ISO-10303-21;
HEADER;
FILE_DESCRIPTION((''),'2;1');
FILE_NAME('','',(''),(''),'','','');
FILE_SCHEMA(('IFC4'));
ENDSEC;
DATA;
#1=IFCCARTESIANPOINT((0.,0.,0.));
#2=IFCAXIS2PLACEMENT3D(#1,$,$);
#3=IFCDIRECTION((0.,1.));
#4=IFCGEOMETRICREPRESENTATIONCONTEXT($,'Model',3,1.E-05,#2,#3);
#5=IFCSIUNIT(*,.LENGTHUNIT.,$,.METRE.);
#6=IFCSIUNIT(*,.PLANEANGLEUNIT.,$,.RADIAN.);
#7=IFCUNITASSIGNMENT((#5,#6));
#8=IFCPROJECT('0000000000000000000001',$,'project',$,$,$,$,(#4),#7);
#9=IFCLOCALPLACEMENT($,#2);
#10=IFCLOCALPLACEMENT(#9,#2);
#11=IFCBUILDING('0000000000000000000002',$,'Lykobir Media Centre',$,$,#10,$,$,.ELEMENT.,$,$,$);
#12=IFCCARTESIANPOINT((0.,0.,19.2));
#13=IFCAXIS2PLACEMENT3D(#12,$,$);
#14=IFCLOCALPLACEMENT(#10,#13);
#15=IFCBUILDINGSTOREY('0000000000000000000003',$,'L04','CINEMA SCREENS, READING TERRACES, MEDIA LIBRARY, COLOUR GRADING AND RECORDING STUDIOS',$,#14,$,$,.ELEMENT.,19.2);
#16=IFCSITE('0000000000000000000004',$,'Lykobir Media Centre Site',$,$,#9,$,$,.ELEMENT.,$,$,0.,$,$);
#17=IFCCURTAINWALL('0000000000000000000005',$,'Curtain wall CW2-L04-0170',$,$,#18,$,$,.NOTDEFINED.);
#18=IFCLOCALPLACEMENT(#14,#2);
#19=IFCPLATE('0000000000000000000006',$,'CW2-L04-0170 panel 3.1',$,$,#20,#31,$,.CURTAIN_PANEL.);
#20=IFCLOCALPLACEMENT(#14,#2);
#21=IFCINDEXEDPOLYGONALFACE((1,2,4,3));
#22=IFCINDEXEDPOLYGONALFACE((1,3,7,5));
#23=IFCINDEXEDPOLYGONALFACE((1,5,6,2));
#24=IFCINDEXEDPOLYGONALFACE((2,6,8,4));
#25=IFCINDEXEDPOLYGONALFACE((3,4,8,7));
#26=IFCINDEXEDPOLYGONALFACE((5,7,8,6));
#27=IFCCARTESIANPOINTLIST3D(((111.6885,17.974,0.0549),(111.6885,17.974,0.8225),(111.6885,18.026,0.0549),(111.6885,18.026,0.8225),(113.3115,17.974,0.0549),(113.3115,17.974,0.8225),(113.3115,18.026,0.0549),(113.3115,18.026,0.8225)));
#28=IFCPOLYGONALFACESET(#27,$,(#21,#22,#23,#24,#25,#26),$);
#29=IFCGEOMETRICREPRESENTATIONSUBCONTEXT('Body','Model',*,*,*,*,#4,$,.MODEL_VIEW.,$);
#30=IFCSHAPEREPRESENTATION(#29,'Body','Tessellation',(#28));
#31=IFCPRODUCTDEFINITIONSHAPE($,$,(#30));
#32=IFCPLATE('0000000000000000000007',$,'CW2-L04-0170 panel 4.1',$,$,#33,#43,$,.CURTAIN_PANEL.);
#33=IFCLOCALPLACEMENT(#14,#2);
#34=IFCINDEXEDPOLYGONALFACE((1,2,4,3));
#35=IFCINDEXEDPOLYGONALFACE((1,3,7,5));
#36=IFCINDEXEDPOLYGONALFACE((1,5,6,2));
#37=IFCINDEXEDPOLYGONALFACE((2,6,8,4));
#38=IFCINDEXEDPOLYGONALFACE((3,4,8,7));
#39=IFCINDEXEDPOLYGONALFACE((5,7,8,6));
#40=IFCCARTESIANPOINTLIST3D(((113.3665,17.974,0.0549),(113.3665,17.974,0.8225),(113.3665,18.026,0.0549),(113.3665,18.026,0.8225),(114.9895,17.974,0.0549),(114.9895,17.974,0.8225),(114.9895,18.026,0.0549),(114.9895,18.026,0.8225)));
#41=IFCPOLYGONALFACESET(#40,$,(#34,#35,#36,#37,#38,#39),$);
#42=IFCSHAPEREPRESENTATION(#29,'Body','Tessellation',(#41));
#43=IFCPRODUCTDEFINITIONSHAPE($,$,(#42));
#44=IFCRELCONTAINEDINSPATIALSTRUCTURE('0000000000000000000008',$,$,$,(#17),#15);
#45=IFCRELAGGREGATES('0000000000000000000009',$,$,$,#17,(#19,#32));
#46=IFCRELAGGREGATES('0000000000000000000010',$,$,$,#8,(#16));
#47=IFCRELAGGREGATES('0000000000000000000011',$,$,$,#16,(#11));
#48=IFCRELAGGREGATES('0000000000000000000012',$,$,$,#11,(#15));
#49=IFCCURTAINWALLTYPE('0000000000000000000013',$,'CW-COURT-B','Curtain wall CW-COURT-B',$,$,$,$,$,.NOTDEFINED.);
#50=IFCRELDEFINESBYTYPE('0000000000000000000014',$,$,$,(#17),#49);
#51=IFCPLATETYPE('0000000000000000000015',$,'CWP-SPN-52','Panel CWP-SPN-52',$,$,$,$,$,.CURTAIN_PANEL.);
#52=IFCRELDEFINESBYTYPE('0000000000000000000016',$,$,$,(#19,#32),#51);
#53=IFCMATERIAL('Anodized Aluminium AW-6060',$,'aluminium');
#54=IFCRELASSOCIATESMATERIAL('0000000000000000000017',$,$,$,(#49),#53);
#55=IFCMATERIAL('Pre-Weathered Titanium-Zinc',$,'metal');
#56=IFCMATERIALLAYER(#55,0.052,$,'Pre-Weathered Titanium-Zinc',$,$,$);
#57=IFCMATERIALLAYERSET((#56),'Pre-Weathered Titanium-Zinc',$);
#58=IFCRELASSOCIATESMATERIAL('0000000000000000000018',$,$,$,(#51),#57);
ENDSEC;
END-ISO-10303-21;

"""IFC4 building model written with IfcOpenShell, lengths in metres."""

from ifc_helpers import new_model, si_unit, direction, frame, origin, origin_2d, place, context, subcontext, project, spatial, rectangle, extrude, material, layer, layer_set, type_object, element, aggregate, save


model = new_model("IFC4")

# Units and contexts
model_context = context("Model", 3, precision=1e-05, world=origin(), true_north=direction((0.0, 1.0)))
body_context = subcontext(model_context, "Body", "Model", "MODEL_VIEW")
ifc_project = project(units=[si_unit("LENGTHUNIT", "METRE"), si_unit("PLANEANGLEUNIT", "RADIAN")], contexts=[model_context])

# Site, building, storey
site_placement = place(None, origin())
site = spatial("IfcSite", under=ifc_project, at=site_placement, Name="Lykobir Media Centre Site", CompositionType="ELEMENT", RefElevation=0.0)
building_placement = place(site_placement, origin())
building = spatial("IfcBuilding", under=site, at=building_placement, Name="Lykobir Media Centre", CompositionType="ELEMENT")
storey_placement = place(building_placement, frame((0.0, 0.0, 19.2)))
storey = spatial("IfcBuildingStorey", under=building, at=storey_placement, Name="L04", Description="CINEMA SCREENS, READING TERRACES, MEDIA LIBRARY, COLOUR GRADING AND RECORDING STUDIOS", CompositionType="ELEMENT", Elevation=19.2)

# Curtain wall
ifc_material_1 = material(Name="Anodized Aluminium AW-6060", Category="aluminium")
curtain_wall_type = type_object("IfcCurtainWallType", Name="CW-COURT-B", Description="Curtain wall CW-COURT-B", PredefinedType="NOTDEFINED", material=ifc_material_1)
curtain_wall_1_placement = place(storey_placement, origin())
curtain_wall_1 = element("IfcCurtainWall", 1, at=curtain_wall_1_placement, inside=storey, type_object=curtain_wall_type, Name="Curtain wall CW2-L04-0170", PredefinedType="NOTDEFINED")

# Plates
ifc_material_2 = material(Name="Pre-Weathered Titanium-Zinc", Category="metal")
ifc_layer_1 = layer(ifc_material_2, 0.052, Name="Pre-Weathered Titanium-Zinc")
ifc_layer_set_1 = layer_set([ifc_layer_1], Name="Pre-Weathered Titanium-Zinc")
plate_type_1 = type_object("IfcPlateType", Name="CWP-SPN-52", Description="Panel CWP-SPN-52", PredefinedType="CURTAIN_PANEL", material=ifc_layer_set_1)
plate_1_placement = place(storey_placement, frame((112.5, 18.0, 0.0549), z_axis=(0.0, 0.0, 1.0), x_axis=(1.0, 0.0, 0.0)))
plate_1 = element("IfcPlate", 2, at=plate_1_placement, type_object=plate_type_1, Name="CW2-L04-0170 panel 3.1", PredefinedType="CURTAIN_PANEL", context=body_context, shape_type="SweptSolid", body=[
    extrude(rectangle(XDim=1.623, YDim=0.052, at=origin_2d()), origin(), (0.0, 0.0, 1.0), 0.7676),
])
plate_2_placement = place(storey_placement, frame((114.178, 18.0, 0.0549), z_axis=(0.0, 0.0, 1.0), x_axis=(1.0, 0.0, 0.0)))
plate_2 = element("IfcPlate", 3, at=plate_2_placement, type_object=plate_type_1, Name="CW2-L04-0170 panel 4.1", PredefinedType="CURTAIN_PANEL", context=body_context, shape_type="SweptSolid", body=[
    extrude(rectangle(XDim=1.623, YDim=0.052, at=origin_2d()), origin(), (0.0, 0.0, 1.0), 0.7676),
])
aggregate(curtain_wall_1, [plate_1, plate_2])

save(model, "model.ifc")
